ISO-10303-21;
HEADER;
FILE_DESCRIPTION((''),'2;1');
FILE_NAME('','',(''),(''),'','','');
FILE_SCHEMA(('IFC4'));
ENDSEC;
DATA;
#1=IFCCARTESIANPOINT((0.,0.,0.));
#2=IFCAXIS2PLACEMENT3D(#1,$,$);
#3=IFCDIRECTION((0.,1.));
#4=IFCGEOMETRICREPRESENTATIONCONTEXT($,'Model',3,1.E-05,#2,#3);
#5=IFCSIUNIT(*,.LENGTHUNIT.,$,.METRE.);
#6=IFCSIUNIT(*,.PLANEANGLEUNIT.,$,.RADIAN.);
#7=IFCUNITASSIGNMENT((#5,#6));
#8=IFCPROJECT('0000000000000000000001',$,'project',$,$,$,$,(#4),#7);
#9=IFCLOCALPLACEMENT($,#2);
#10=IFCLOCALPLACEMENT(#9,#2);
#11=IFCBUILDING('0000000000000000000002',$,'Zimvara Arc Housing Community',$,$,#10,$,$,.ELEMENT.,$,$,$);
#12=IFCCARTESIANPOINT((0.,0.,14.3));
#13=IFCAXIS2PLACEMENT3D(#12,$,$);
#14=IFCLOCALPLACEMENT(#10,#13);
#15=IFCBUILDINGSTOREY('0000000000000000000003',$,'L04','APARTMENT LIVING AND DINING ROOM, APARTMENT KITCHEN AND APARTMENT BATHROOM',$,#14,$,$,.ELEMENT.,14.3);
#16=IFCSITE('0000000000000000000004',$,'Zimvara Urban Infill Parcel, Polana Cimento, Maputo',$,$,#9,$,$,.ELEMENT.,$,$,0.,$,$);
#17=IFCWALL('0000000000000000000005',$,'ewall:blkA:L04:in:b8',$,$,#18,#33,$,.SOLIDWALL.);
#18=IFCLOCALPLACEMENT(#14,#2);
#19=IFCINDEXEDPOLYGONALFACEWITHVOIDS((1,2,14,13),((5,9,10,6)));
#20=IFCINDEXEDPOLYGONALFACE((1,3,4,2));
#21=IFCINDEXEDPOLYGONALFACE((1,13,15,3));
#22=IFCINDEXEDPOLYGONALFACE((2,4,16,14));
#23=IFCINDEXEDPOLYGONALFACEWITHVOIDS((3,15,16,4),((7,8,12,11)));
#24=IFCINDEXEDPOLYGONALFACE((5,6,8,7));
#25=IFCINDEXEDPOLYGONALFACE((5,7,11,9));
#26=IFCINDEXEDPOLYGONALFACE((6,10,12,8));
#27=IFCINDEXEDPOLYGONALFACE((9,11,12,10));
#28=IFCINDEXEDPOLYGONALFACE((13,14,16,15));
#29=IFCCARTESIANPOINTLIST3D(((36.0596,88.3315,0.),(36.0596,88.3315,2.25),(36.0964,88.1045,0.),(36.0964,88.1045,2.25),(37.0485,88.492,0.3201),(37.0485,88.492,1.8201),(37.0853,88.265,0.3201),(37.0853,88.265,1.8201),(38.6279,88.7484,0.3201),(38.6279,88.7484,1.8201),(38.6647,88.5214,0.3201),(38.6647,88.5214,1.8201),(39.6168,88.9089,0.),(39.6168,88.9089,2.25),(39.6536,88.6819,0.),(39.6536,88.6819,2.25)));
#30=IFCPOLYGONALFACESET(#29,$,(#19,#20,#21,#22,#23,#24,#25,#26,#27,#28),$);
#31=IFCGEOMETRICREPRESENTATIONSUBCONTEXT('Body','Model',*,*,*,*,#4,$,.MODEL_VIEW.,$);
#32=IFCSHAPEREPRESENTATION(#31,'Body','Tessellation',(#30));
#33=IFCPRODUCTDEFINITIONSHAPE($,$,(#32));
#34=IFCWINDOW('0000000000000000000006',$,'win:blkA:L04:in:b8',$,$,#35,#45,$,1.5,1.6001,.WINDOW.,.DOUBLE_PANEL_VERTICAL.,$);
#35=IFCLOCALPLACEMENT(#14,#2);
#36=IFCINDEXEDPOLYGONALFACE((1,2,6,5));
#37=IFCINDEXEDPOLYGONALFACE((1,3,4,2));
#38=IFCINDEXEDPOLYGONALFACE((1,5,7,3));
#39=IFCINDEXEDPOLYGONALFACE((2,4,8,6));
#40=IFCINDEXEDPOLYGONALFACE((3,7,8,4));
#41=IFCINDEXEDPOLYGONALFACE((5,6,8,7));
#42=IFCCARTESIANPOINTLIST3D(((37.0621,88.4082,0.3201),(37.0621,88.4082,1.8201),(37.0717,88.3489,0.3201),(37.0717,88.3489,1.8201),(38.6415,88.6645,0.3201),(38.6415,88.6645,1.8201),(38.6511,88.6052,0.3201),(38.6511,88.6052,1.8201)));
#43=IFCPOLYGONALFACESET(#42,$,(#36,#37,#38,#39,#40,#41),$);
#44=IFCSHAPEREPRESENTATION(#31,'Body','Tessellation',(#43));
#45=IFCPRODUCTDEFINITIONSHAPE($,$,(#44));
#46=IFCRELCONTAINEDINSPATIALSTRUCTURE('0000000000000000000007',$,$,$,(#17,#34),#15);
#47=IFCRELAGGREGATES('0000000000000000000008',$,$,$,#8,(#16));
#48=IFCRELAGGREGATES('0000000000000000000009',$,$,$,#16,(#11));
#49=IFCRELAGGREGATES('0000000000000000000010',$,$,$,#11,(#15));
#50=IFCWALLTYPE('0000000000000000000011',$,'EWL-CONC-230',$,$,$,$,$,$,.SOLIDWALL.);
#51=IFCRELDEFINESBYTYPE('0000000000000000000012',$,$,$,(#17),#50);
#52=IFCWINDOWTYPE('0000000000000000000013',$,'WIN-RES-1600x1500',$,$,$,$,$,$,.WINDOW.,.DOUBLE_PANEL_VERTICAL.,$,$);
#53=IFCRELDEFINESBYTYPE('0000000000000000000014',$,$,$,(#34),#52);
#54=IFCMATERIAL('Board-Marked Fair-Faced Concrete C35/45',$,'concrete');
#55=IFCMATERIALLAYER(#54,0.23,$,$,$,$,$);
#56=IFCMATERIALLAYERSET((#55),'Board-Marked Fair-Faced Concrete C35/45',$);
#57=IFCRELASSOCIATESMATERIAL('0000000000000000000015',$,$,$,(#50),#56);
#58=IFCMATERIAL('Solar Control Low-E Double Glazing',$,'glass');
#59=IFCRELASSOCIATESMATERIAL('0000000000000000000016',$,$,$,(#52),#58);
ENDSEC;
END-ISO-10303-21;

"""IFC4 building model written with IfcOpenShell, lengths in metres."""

from ifc_helpers import new_model, si_unit, direction, frame, frame_2d, origin, place, context, subcontext, project, spatial, rectangle, extrude, material, layer, layer_set, type_object, element, fill, save


model = new_model("IFC4")

# Units and contexts
model_context = context("Model", 3, precision=1e-05, world=origin(), true_north=direction((0.0, 1.0)))
body_context = subcontext(model_context, "Body", "Model", "MODEL_VIEW")
ifc_project = project(units=[si_unit("LENGTHUNIT", "METRE"), si_unit("PLANEANGLEUNIT", "RADIAN")], contexts=[model_context])

# Site, building, storey
site_placement = place(None, origin())
site = spatial("IfcSite", under=ifc_project, at=site_placement, Name="Zimvara Urban Infill Parcel, Polana Cimento, Maputo", CompositionType="ELEMENT", RefElevation=0.0)
building_placement = place(site_placement, origin())
building = spatial("IfcBuilding", under=site, at=building_placement, Name="Zimvara Arc Housing Community", CompositionType="ELEMENT")
storey_placement = place(building_placement, frame((0.0, 0.0, 14.3)))
storey = spatial("IfcBuildingStorey", under=building, at=storey_placement, Name="L04", Description="APARTMENT LIVING AND DINING ROOM, APARTMENT KITCHEN AND APARTMENT BATHROOM", CompositionType="ELEMENT", Elevation=14.3)

# Wall, opening, window
ifc_material_1 = material(Name="Board-Marked Fair-Faced Concrete C35/45", Category="concrete")
ifc_layer_1 = layer(ifc_material_1, 0.23)
ifc_layer_set_1 = layer_set([ifc_layer_1], Name="Board-Marked Fair-Faced Concrete C35/45")
wall_type = type_object("IfcWallType", Name="EWL-CONC-230", PredefinedType="SOLIDWALL", material=ifc_layer_set_1)
wall_placement = place(storey_placement, frame((36.0781, 88.218, 0.0), z_axis=(0.0, 0.0, 1.0), x_axis=(0.987081, 0.160223, 0.0)))
wall = element("IfcWall", 1, at=wall_placement, inside=storey, type_object=wall_type, Name="ewall:blkA:L04:in:b8", PredefinedType="SOLIDWALL", context=body_context, shape_type="SweptSolid", body=[
    extrude(rectangle(XDim=3.6038, YDim=0.23, at=frame_2d((1.8018, 0.0))), origin(), (0.0, 0.0, 1.0), 2.25),
])
opening_placement = place(wall_placement, frame((1.0017, 0.0, 0.3201)))
opening = element("IfcOpeningElement", 2, at=opening_placement, cuts=wall, PredefinedType="OPENING", context=body_context, shape_type="SweptSolid", body=[
    extrude(rectangle(XDim=1.6001, YDim=1.5, at=frame_2d((0.8, 0.75))), frame((0.0, 0.125, 0.0), z_axis=(0.0, -1.0, 0.0), x_axis=(1.0, 0.0, 0.0)), (0.0, 0.0, 1.0), 0.25),
])
ifc_material_2 = material(Name="Solar Control Low-E Double Glazing", Category="glass")
window_type = type_object("IfcWindowType", Name="WIN-RES-1600x1500", PartitioningType="DOUBLE_PANEL_VERTICAL", PredefinedType="WINDOW", material=ifc_material_2)
window_placement = place(opening_placement, origin())
window = element("IfcWindow", 3, at=window_placement, inside=storey, type_object=window_type, Name="win:blkA:L04:in:b8", OverallHeight=1.5, OverallWidth=1.6001, PartitioningType="DOUBLE_PANEL_VERTICAL", PredefinedType="WINDOW", context=body_context, shape_type="SweptSolid", body=[
    extrude(rectangle(XDim=1.6001, YDim=1.5, at=frame_2d((0.8, 0.75))), frame((0.0, 0.03, 0.0), z_axis=(0.0, -1.0, 0.0), x_axis=(1.0, 0.0, 0.0)), (0.0, 0.0, 1.0), 0.0601),
])
fill(opening, window)

save(model, "model.ifc")
